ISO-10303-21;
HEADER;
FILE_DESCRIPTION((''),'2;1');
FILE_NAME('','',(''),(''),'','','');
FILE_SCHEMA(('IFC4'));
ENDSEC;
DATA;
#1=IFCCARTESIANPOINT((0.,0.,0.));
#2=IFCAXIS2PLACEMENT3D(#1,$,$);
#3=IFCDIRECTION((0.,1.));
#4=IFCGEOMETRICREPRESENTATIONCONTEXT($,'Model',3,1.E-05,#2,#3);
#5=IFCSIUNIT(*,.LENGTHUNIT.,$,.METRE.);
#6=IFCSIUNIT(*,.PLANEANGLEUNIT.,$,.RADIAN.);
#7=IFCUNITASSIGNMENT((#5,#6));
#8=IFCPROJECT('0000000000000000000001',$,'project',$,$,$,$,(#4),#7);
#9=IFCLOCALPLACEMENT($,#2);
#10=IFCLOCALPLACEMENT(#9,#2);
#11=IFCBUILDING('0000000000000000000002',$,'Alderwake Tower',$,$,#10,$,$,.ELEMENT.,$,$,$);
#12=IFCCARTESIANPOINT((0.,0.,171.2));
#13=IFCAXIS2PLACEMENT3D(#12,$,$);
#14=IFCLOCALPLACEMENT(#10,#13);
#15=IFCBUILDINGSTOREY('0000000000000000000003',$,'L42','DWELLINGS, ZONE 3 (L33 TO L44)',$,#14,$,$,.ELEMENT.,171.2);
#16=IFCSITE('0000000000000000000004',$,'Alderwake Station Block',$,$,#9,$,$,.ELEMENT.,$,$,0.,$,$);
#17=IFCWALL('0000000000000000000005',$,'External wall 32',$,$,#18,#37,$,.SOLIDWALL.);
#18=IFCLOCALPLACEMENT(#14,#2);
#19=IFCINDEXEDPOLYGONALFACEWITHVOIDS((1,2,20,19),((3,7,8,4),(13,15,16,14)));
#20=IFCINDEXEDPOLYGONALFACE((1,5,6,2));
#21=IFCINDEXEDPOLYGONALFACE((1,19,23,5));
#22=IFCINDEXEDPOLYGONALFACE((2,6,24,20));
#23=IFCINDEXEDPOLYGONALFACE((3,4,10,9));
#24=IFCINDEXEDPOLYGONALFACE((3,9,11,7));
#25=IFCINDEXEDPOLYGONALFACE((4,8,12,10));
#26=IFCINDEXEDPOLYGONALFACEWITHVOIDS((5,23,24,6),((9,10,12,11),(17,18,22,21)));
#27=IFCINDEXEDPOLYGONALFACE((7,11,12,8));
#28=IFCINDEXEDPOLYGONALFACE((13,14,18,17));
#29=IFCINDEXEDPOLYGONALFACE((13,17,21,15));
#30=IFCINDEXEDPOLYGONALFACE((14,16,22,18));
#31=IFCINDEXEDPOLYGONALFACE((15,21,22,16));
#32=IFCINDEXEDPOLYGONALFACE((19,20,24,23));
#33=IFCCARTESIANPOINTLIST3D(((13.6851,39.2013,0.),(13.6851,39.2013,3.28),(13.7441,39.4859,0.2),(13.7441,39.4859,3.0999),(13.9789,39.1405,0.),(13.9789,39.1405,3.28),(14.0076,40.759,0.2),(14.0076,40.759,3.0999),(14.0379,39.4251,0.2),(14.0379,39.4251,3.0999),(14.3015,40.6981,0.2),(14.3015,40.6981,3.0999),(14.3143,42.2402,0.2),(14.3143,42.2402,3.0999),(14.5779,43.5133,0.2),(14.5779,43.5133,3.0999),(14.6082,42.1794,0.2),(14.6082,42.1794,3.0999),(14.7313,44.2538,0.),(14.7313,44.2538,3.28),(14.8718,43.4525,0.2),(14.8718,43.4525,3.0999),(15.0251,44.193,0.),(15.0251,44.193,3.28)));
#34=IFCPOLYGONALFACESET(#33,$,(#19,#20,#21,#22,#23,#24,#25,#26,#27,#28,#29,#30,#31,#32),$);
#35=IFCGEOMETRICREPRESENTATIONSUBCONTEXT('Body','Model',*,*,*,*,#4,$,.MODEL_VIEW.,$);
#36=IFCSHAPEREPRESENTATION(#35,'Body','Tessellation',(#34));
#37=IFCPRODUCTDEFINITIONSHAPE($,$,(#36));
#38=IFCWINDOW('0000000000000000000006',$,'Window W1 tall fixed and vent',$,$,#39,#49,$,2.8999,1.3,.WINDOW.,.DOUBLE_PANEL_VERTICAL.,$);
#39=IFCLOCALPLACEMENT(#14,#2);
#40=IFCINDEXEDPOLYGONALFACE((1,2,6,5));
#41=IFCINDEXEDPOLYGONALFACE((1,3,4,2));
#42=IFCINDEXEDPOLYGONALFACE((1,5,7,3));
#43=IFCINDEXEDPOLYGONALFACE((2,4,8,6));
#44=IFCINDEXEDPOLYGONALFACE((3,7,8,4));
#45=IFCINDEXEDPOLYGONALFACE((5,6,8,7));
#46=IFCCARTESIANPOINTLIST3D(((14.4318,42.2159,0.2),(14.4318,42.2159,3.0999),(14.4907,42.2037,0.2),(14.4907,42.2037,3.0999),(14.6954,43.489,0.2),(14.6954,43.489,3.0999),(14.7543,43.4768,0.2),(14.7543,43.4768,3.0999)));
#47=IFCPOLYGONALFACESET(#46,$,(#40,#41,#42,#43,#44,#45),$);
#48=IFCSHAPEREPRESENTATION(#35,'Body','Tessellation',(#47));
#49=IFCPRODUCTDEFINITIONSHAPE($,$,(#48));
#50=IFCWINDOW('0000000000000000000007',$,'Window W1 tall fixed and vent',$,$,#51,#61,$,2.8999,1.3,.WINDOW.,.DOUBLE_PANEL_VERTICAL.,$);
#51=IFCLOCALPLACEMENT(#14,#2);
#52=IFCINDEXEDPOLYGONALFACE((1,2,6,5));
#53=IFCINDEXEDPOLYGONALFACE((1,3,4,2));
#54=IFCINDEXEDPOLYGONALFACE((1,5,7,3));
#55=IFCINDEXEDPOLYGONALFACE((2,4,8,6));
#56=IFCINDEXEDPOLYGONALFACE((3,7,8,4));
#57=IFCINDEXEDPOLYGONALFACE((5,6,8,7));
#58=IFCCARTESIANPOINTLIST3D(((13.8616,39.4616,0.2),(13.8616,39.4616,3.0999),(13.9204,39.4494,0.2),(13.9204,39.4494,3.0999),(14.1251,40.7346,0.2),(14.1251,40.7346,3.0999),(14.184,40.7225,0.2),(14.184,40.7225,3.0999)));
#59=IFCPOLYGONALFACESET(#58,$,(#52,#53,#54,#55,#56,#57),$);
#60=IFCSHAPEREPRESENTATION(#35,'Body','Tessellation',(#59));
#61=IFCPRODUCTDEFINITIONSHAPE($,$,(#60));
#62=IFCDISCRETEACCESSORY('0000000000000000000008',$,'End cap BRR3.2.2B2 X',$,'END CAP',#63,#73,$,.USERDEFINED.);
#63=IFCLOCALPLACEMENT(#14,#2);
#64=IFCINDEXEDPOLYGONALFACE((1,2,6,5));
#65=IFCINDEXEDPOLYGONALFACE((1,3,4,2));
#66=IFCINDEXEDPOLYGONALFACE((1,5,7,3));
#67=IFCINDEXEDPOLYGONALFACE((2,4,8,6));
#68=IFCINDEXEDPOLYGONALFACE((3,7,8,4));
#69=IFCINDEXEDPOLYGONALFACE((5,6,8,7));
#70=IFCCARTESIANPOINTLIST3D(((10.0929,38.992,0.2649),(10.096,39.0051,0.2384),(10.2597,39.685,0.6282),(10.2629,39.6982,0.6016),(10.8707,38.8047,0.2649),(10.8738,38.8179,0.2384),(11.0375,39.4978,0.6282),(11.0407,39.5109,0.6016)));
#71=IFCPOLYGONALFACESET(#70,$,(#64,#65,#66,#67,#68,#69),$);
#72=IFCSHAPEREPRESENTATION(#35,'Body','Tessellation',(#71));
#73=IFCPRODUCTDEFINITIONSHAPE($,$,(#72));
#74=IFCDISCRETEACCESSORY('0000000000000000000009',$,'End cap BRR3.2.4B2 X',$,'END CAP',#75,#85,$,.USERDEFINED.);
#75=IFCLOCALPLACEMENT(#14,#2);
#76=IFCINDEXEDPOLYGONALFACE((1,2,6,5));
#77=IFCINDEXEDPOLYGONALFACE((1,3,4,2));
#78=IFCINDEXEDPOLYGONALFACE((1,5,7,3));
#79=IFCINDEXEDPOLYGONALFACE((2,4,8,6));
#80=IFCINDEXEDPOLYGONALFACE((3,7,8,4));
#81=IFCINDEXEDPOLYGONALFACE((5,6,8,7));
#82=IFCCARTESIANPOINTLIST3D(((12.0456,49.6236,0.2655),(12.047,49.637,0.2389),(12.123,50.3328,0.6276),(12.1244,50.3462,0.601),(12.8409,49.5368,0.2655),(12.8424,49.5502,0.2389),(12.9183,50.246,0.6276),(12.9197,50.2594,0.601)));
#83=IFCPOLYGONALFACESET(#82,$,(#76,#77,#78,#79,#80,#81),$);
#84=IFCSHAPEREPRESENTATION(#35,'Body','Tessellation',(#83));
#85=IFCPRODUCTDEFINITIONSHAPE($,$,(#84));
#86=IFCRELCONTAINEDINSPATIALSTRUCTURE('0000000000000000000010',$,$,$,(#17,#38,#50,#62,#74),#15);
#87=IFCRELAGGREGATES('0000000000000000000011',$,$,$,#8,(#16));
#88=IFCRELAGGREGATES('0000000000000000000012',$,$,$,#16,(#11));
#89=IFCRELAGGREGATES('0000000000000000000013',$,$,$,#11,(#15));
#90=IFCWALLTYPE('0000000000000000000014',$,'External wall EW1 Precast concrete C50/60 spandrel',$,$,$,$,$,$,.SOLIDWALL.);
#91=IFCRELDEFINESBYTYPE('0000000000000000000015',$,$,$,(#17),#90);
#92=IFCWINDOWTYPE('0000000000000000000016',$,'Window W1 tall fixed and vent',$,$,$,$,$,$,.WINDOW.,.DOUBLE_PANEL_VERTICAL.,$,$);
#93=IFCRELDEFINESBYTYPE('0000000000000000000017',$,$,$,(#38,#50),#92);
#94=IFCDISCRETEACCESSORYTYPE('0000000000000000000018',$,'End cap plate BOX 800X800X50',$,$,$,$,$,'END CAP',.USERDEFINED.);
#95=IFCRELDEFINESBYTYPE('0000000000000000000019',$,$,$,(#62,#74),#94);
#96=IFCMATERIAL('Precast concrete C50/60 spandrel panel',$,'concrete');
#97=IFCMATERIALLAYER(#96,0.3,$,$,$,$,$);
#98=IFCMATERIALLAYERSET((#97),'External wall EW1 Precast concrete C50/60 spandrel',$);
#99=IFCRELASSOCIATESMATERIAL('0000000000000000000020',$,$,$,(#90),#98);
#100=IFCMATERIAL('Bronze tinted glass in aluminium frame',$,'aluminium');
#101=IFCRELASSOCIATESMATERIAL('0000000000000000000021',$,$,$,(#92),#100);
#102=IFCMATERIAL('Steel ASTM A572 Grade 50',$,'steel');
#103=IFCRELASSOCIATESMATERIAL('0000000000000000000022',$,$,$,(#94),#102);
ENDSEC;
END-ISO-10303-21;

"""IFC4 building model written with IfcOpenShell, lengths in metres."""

from ifc_helpers import new_model, si_unit, direction, frame, frame_2d, origin, origin_2d, place, context, subcontext, project, spatial, rectangle, extrude, material, layer, layer_set, material_profile, profile_set, type_object, element, fill, save


model = new_model("IFC4")

# Units and contexts
model_context = context("Model", 3, precision=1e-05, world=origin(), true_north=direction((0.0, 1.0)))
body_context = subcontext(model_context, "Body", "Model", "MODEL_VIEW")
ifc_project = project(units=[si_unit("LENGTHUNIT", "METRE"), si_unit("PLANEANGLEUNIT", "RADIAN")], contexts=[model_context])

# Site, building, storey
site_placement = place(None, origin())
site = spatial("IfcSite", under=ifc_project, at=site_placement, Name="Alderwake Station Block", CompositionType="ELEMENT", RefElevation=0.0)
building_placement = place(site_placement, origin())
building = spatial("IfcBuilding", under=site, at=building_placement, Name="Alderwake Tower", CompositionType="ELEMENT")
storey_placement = place(building_placement, frame((0.0, 0.0, 171.2)))
storey = spatial("IfcBuildingStorey", under=building, at=storey_placement, Name="L42", Description="DWELLINGS, ZONE 3 (L33 TO L44)", CompositionType="ELEMENT", Elevation=171.2)

# Wall, openings, windows
ifc_material_1 = material(Name="Precast concrete C50/60 spandrel panel", Category="concrete")
ifc_layer_1 = layer(ifc_material_1, 0.3)
ifc_layer_set_1 = layer_set([ifc_layer_1], Name="External wall EW1 Precast concrete C50/60 spandrel")
wall_type_1 = type_object("IfcWallType", Name="External wall EW1 Precast concrete C50/60 spandrel", PredefinedType="SOLIDWALL", material=ifc_layer_set_1)
wall_1_placement = place(storey_placement, frame((14.8782, 44.2234, 0.0), z_axis=(0.0, 0.0, 1.0), x_axis=(-0.202754, -0.97923, 0.0)))
wall_1 = element("IfcWall", 1, at=wall_1_placement, inside=storey, type_object=wall_type_1, Name="External wall 32", PredefinedType="SOLIDWALL", context=body_context, shape_type="SweptSolid", body=[
    extrude(rectangle(XDim=5.1597, YDim=0.3, at=frame_2d((2.5798, 0.0))), origin(), (0.0, 0.0, 1.0), 3.28),
])
opening_1_placement = place(wall_1_placement, frame((0.7563, 0.0, 0.2)))
opening_1 = element("IfcOpeningElement", 2, at=opening_1_placement, cuts=wall_1, PredefinedType="OPENING", context=body_context, shape_type="SweptSolid", body=[
    extrude(rectangle(XDim=1.3, YDim=2.8999, at=frame_2d((0.6499, 1.45))), frame((0.0, 0.1599, 0.0), z_axis=(0.0, -1.0, 0.0), x_axis=(1.0, 0.0, 0.0)), (0.0, 0.0, 1.0), 0.3201),
])
opening_2_placement = place(wall_1_placement, frame((3.5691, 0.0, 0.2)))
opening_2 = element("IfcOpeningElement", 3, at=opening_2_placement, cuts=wall_1, PredefinedType="OPENING", context=body_context, shape_type="SweptSolid", body=[
    extrude(rectangle(XDim=1.3, YDim=2.8999, at=frame_2d((0.6499, 1.45))), frame((0.0, 0.1599, 0.0), z_axis=(0.0, -1.0, 0.0), x_axis=(1.0, 0.0, 0.0)), (0.0, 0.0, 1.0), 0.3201),
])
ifc_material_2 = material(Name="Bronze tinted glass in aluminium frame", Category="aluminium")
window_type = type_object("IfcWindowType", Name="Window W1 tall fixed and vent", PartitioningType="DOUBLE_PANEL_VERTICAL", PredefinedType="WINDOW", material=ifc_material_2)
window_1_placement = place(opening_1_placement, origin())
window_1 = element("IfcWindow", 4, at=window_1_placement, inside=storey, type_object=window_type, Name="Window W1 tall fixed and vent", OverallHeight=2.8999, OverallWidth=1.3, PartitioningType="DOUBLE_PANEL_VERTICAL", PredefinedType="WINDOW", context=body_context, shape_type="SweptSolid", body=[
    extrude(rectangle(XDim=1.3, YDim=2.8999, at=frame_2d((0.6499, 1.45))), frame((0.0, 0.03, 0.0), z_axis=(0.0, -1.0, 0.0), x_axis=(1.0, 0.0, 0.0)), (0.0, 0.0, 1.0), 0.0601),
])
fill(opening_1, window_1)
window_2_placement = place(opening_2_placement, origin())
window_2 = element("IfcWindow", 5, at=window_2_placement, inside=storey, type_object=window_type, Name="Window W1 tall fixed and vent", OverallHeight=2.8999, OverallWidth=1.3, PartitioningType="DOUBLE_PANEL_VERTICAL", PredefinedType="WINDOW", context=body_context, shape_type="SweptSolid", body=[
    extrude(rectangle(XDim=1.3, YDim=2.8999, at=frame_2d((0.6499, 1.45))), frame((0.0, 0.03, 0.0), z_axis=(0.0, -1.0, 0.0), x_axis=(1.0, 0.0, 0.0)), (0.0, 0.0, 1.0), 0.0601),
])
fill(opening_2, window_2)

# Discrete accessories
ifc_material_3 = material(Name="Steel ASTM A572 Grade 50", Category="steel")
ifc_material_profile_1 = material_profile(ifc_material_3, rectangle(XDim=0.8, YDim=0.8, at=origin_2d()), Name="BOX 800X800X50 cap")
ifc_profile_set_1 = profile_set([ifc_material_profile_1], Name="Steel ASTM A572 Grade 50")
discrete_accessory_type = type_object("IfcDiscreteAccessoryType", Name="End cap plate BOX 800X800X50", ElementType="END CAP", PredefinedType="USERDEFINED", material=ifc_profile_set_1)
for number, where, z_axis, x_axis, name in (
    (6, (10.5652, 39.2449, 0.4465), (0.106265, 0.441409, -0.890992), (-0.972224, 0.234054, 0.0), "End cap BRR3.2.2B2 X"),
    (7, (12.4819, 49.9348, 0.4465), (0.049085, 0.449944, -0.891707), (-0.994102, 0.108448, 0.0), "End cap BRR3.2.4B2 X"),
):
    element("IfcDiscreteAccessory", number, at=place(storey_placement, frame(where, z_axis=z_axis, x_axis=x_axis)), inside=storey, type_object=discrete_accessory_type, Name=name, ObjectType="END CAP", PredefinedType="USERDEFINED", context=body_context, shape_type="SweptSolid", body=[
        extrude(rectangle(XDim=0.8, YDim=0.8, at=origin_2d()), origin(), (0.0, 0.0, 1.0), 0.0298),
    ])

save(model, "model.ifc")
